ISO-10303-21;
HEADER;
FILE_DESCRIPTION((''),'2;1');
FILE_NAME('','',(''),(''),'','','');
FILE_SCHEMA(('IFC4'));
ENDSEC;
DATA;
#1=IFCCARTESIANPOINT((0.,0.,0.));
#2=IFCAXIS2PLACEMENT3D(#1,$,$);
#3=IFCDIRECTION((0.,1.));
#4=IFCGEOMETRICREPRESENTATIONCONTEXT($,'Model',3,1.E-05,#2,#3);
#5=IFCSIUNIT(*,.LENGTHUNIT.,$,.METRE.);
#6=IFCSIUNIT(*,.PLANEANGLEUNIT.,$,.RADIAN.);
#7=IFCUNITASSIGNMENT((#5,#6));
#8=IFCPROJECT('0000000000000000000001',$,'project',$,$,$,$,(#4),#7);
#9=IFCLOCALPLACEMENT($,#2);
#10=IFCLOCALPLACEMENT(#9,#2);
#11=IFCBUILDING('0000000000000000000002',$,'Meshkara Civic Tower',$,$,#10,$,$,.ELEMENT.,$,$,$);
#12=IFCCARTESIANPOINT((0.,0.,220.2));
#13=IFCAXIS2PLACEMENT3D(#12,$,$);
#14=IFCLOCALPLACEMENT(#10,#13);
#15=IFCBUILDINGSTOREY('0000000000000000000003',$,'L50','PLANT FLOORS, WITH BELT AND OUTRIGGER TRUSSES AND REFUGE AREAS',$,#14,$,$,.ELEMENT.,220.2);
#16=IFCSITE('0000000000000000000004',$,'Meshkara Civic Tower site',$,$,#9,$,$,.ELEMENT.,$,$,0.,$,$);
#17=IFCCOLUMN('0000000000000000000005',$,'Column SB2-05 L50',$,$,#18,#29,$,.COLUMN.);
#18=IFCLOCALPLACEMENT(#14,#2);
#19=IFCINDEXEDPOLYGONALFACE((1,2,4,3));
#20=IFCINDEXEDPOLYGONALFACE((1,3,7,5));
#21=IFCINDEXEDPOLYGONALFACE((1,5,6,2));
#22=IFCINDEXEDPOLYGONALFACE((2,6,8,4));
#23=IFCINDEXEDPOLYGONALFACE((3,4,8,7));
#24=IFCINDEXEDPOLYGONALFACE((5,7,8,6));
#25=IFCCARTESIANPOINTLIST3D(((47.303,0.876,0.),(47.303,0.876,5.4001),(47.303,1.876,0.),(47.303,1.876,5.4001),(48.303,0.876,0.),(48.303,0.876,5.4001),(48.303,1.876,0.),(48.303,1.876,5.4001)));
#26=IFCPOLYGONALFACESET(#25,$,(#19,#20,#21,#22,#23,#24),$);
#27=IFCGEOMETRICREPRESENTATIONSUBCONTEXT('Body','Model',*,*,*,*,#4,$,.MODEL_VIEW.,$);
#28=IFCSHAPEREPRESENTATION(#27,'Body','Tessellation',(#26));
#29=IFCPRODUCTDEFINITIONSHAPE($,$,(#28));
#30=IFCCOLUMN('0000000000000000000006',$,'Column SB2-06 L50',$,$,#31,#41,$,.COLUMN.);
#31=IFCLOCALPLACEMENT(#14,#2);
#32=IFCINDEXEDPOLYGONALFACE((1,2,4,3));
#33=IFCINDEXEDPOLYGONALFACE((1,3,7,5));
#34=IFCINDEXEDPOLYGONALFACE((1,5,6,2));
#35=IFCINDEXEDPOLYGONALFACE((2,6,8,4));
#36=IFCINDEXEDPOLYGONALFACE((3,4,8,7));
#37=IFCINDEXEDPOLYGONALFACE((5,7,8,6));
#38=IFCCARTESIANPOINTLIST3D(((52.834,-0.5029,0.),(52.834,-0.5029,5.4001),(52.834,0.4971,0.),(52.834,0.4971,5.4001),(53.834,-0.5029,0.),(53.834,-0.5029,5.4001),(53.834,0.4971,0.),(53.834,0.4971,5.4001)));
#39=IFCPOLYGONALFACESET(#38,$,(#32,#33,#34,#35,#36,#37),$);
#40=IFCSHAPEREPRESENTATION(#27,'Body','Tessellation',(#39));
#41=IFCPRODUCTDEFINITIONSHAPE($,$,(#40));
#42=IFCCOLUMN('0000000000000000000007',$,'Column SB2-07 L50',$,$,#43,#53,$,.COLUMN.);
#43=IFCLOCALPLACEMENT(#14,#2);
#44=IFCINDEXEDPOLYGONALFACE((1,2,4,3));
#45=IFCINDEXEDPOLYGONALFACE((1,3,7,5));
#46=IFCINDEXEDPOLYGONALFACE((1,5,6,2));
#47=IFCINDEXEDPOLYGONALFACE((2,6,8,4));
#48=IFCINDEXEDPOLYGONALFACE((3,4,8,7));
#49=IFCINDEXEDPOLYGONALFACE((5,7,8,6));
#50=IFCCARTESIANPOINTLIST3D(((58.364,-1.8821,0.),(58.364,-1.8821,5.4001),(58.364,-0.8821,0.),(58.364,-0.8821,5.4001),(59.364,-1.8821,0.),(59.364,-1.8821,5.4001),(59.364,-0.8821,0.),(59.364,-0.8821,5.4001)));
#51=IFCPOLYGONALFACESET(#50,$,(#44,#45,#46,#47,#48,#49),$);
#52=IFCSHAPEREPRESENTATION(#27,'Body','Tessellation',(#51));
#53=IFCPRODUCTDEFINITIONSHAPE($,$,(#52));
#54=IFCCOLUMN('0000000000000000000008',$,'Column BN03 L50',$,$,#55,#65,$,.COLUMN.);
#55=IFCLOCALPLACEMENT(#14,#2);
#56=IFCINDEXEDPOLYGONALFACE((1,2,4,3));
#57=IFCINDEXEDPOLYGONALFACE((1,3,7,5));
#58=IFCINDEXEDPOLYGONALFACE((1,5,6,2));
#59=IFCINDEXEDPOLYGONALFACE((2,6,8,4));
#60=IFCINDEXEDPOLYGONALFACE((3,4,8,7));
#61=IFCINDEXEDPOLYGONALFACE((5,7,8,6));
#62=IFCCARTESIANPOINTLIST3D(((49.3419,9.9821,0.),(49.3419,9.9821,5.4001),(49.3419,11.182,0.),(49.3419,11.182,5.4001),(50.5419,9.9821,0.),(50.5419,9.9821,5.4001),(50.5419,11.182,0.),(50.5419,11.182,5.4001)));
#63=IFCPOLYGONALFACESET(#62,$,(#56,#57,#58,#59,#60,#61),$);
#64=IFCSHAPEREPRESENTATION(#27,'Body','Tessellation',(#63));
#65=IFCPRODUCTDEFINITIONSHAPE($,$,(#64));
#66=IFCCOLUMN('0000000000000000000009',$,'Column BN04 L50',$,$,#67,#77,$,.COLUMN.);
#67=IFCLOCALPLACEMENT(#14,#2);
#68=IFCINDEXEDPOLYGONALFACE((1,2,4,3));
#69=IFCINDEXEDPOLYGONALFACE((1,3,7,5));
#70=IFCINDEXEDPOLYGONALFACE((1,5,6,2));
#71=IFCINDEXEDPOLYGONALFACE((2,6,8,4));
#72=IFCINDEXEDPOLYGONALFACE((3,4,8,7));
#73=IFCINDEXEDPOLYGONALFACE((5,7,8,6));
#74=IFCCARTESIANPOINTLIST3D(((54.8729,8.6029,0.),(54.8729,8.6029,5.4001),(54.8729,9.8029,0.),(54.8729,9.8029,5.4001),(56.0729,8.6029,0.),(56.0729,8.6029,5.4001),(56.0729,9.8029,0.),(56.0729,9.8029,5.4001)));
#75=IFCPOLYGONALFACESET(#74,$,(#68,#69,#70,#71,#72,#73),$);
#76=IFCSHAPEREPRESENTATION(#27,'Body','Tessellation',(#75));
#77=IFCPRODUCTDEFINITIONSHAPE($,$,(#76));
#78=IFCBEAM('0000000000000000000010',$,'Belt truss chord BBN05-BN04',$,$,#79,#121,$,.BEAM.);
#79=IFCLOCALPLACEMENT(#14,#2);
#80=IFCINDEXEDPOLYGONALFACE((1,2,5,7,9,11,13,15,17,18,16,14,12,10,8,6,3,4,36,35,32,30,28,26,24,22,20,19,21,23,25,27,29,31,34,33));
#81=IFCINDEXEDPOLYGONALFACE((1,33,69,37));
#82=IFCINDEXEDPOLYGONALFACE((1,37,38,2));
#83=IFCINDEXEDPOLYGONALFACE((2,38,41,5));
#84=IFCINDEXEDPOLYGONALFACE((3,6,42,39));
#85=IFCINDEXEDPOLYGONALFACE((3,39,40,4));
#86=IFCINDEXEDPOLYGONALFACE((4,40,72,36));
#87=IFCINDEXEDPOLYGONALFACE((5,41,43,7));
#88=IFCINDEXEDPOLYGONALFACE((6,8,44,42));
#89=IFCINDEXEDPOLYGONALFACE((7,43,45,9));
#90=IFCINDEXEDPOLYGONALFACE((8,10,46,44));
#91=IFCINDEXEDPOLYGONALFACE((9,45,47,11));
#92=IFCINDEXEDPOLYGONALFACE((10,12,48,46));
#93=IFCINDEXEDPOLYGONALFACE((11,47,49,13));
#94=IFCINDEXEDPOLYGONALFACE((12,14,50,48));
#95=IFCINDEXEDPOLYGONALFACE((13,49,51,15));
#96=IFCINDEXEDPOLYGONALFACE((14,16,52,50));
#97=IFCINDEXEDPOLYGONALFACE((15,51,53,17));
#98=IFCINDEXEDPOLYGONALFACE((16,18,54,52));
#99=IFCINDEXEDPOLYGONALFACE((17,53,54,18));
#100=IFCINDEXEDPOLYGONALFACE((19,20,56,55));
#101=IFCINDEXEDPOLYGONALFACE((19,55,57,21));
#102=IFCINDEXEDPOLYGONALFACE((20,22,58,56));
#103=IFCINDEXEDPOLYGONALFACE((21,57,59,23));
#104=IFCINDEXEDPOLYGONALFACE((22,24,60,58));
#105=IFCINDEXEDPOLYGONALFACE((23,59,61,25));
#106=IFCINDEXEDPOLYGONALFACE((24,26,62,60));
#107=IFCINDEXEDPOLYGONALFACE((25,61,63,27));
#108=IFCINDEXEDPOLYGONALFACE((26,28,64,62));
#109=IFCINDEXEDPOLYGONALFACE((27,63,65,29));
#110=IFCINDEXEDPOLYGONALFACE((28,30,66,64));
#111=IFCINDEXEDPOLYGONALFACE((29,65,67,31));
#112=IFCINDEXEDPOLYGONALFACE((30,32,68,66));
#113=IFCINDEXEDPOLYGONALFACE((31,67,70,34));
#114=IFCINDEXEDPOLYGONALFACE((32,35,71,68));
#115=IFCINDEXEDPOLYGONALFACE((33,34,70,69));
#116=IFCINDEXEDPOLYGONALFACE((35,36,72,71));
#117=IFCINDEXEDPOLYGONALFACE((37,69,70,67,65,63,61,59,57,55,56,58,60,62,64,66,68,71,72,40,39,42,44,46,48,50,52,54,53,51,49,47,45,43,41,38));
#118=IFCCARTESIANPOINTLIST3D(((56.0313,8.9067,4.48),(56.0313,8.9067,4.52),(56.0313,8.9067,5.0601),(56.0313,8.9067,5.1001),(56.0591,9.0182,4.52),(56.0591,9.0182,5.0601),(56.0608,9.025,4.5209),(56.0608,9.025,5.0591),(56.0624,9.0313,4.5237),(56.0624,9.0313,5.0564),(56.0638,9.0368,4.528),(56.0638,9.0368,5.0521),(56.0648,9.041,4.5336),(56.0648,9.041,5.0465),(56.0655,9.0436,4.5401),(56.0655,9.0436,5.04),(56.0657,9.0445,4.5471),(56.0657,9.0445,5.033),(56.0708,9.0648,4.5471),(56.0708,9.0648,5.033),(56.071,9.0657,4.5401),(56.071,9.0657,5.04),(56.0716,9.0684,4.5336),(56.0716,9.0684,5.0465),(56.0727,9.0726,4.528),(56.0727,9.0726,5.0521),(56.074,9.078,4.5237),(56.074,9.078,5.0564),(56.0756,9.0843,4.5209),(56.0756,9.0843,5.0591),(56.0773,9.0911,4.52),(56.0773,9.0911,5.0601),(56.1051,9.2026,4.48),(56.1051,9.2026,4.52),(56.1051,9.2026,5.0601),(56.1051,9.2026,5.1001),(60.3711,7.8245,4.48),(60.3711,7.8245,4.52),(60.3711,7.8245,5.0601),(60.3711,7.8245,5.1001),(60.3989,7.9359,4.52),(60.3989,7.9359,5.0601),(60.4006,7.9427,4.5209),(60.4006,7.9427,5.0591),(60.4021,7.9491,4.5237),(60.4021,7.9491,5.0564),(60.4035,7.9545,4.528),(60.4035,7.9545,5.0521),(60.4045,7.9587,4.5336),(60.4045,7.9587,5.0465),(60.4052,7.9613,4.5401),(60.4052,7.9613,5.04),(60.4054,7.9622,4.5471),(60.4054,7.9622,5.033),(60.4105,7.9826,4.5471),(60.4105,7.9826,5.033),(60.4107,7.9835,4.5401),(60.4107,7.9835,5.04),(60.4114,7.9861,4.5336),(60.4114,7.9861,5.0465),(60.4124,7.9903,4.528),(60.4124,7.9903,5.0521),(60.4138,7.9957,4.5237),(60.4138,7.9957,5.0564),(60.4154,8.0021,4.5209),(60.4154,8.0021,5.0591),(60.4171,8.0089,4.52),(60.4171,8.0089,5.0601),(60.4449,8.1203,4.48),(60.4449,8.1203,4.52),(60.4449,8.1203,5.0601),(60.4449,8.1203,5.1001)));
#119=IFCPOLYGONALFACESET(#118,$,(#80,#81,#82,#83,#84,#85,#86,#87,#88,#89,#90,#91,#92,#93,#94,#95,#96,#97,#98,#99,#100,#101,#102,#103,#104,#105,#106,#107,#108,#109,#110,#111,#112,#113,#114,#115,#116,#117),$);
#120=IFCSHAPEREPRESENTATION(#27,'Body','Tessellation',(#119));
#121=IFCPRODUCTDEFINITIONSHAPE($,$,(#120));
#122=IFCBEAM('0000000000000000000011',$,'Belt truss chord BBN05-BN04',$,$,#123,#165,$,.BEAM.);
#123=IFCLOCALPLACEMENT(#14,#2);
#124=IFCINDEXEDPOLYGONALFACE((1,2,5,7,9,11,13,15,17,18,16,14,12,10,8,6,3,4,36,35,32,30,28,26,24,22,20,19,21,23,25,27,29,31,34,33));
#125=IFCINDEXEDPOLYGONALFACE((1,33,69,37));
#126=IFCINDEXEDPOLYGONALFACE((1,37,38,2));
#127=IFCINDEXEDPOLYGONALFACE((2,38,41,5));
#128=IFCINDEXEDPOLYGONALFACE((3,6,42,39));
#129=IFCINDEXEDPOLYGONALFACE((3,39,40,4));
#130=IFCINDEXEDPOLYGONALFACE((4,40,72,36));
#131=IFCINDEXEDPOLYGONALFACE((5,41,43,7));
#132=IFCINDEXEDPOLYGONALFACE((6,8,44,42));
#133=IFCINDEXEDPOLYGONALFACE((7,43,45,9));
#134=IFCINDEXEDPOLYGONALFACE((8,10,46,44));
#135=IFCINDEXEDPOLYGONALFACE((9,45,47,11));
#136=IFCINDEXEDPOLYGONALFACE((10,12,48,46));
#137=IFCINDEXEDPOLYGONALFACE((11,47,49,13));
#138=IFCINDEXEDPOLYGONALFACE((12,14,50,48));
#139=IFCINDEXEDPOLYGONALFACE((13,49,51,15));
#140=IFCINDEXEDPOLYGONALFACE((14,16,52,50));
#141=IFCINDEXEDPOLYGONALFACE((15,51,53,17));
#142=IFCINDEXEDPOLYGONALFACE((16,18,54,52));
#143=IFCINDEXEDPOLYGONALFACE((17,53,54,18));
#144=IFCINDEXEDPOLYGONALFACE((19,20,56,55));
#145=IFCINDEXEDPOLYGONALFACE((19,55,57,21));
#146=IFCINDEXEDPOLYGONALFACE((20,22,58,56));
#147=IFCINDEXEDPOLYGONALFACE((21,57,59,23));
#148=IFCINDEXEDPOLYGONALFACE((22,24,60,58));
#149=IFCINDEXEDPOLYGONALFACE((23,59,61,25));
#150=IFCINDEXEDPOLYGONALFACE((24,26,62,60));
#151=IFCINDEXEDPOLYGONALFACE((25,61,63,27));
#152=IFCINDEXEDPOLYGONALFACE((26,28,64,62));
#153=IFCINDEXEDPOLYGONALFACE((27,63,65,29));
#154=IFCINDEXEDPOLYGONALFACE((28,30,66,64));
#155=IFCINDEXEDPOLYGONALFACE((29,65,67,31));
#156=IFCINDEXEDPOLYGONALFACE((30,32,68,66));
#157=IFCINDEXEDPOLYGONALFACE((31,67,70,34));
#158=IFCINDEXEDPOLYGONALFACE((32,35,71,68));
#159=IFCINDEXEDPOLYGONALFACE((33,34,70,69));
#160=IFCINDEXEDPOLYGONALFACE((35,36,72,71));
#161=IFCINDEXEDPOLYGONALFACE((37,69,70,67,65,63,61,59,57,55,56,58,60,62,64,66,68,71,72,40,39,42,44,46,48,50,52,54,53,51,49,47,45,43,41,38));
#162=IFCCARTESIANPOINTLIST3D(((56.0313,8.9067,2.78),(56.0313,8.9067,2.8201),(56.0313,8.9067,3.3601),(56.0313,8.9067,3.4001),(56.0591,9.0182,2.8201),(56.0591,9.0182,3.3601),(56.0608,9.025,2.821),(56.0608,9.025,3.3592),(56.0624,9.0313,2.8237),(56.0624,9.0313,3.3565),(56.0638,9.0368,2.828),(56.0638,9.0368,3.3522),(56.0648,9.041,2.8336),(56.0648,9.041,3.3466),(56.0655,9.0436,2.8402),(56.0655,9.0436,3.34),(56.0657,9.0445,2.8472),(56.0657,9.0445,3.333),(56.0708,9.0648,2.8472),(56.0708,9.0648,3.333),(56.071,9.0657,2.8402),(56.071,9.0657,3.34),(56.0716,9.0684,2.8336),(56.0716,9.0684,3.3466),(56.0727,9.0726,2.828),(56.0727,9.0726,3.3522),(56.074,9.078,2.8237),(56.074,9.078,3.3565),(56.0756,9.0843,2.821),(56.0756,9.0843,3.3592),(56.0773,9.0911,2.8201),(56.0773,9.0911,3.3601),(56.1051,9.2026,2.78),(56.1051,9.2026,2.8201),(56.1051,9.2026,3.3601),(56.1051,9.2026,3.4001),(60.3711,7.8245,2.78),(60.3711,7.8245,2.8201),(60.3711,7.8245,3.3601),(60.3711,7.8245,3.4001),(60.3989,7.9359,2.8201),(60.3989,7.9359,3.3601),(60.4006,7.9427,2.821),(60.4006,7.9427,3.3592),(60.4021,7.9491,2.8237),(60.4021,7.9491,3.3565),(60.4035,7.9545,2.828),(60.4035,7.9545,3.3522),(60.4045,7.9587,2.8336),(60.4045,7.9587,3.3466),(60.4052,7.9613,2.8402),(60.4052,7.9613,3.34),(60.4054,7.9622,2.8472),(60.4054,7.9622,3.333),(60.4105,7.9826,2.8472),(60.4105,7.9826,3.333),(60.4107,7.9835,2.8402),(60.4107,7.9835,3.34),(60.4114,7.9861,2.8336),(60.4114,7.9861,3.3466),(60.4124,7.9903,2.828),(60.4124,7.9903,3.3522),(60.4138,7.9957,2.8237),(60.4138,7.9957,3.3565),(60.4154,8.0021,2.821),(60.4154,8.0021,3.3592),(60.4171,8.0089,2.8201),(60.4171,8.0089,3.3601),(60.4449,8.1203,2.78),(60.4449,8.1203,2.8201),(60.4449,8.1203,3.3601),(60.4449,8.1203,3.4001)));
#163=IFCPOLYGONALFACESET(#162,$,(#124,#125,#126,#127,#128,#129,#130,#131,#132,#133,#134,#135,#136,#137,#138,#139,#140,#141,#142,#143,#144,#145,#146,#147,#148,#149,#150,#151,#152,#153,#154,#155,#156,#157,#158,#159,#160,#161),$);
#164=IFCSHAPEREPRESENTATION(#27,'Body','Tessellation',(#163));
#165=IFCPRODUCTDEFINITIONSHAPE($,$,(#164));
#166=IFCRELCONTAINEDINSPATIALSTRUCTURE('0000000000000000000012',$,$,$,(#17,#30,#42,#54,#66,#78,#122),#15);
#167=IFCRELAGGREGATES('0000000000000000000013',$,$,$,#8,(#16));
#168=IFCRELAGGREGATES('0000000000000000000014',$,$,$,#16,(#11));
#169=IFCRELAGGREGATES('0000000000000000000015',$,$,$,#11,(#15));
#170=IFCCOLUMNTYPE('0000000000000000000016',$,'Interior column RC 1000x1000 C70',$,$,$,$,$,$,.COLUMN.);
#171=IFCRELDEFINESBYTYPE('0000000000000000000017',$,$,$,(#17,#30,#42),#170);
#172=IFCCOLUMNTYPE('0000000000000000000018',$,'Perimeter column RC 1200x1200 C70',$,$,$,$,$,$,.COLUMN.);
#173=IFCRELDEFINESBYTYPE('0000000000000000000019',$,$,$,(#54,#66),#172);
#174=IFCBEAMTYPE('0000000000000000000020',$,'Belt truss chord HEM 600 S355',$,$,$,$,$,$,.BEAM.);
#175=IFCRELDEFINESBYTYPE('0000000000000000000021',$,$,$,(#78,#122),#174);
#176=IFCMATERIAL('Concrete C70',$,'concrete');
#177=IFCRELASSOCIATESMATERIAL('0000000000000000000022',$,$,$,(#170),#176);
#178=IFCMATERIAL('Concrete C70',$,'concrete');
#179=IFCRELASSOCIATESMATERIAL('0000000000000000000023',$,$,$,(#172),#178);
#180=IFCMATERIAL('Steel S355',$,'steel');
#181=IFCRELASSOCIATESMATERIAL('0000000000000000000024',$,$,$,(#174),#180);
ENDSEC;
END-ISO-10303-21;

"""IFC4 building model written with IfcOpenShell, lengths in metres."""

from ifc_helpers import new_model, si_unit, direction, frame, origin, origin_2d, place, context, subcontext, project, spatial, rectangle, i_section, extrude, material, material_profile, profile_set, type_object, element, save


model = new_model("IFC4")

# Units and contexts
model_context = context("Model", 3, precision=1e-05, world=origin(), true_north=direction((0.0, 1.0)))
body_context = subcontext(model_context, "Body", "Model", "MODEL_VIEW")
ifc_project = project(units=[si_unit("LENGTHUNIT", "METRE"), si_unit("PLANEANGLEUNIT", "RADIAN")], contexts=[model_context])

# Site, building, storey
site_placement = place(None, origin())
site = spatial("IfcSite", under=ifc_project, at=site_placement, Name="Meshkara Civic Tower site", CompositionType="ELEMENT", RefElevation=0.0)
building_placement = place(site_placement, origin())
building = spatial("IfcBuilding", under=site, at=building_placement, Name="Meshkara Civic Tower", CompositionType="ELEMENT")
storey_placement = place(building_placement, frame((0.0, 0.0, 220.2)))
storey = spatial("IfcBuildingStorey", under=building, at=storey_placement, Name="L50", Description="PLANT FLOORS, WITH BELT AND OUTRIGGER TRUSSES AND REFUGE AREAS", CompositionType="ELEMENT", Elevation=220.2)

# Columns
ifc_material_1 = material(Name="Concrete C70", Category="concrete")
ifc_material_profile_1 = material_profile(ifc_material_1, rectangle(XDim=1.0, YDim=1.0, at=origin_2d()))
ifc_profile_set_1 = profile_set([ifc_material_profile_1], Name="Concrete C70")
column_type_1 = type_object("IfcColumnType", Name="Interior column RC 1000x1000 C70", PredefinedType="COLUMN", material=ifc_profile_set_1)
for number, where, z_axis, x_axis, name in (
    (1, (47.803, 1.376, 0.0), (0.0, 0.0, 1.0), (1.0, 0.0, 0.0), "Column SB2-05 L50"),
    (2, (53.334, -0.0029, 0.0), (0.0, 0.0, 1.0), (1.0, 0.0, 0.0), "Column SB2-06 L50"),
    (3, (58.864, -1.3821, 0.0), (0.0, 0.0, 1.0), (1.0, 0.0, 0.0), "Column SB2-07 L50"),
):
    element("IfcColumn", number, at=place(storey_placement, frame(where, z_axis=z_axis, x_axis=x_axis)), inside=storey, type_object=column_type_1, Name=name, PredefinedType="COLUMN", context=body_context, shape_type="SweptSolid", body=[
        extrude(rectangle(XDim=1.0, YDim=1.0, at=origin_2d()), origin(), (0.0, 0.0, 1.0), 5.4001),
    ])
ifc_material_2 = material(Name="Concrete C70", Category="concrete")
ifc_material_profile_2 = material_profile(ifc_material_2, rectangle(XDim=1.2, YDim=1.2, at=origin_2d()))
ifc_profile_set_2 = profile_set([ifc_material_profile_2], Name="Concrete C70")
column_type_2 = type_object("IfcColumnType", Name="Perimeter column RC 1200x1200 C70", PredefinedType="COLUMN", material=ifc_profile_set_2)
for number, where, z_axis, x_axis, name in (
    (4, (49.9419, 10.582, 0.0), (0.0, 0.0, 1.0), (1.0, 0.0, 0.0), "Column BN03 L50"),
    (5, (55.4729, 9.2029, 0.0), (0.0, 0.0, 1.0), (1.0, 0.0, 0.0), "Column BN04 L50"),
):
    element("IfcColumn", number, at=place(storey_placement, frame(where, z_axis=z_axis, x_axis=x_axis)), inside=storey, type_object=column_type_2, Name=name, PredefinedType="COLUMN", context=body_context, shape_type="SweptSolid", body=[
        extrude(rectangle(XDim=1.2, YDim=1.2, at=origin_2d()), origin(), (0.0, 0.0, 1.0), 5.4001),
    ])

# Beams
ifc_material_3 = material(Name="Steel S355", Category="steel")
ifc_material_profile_3 = material_profile(ifc_material_3, i_section(OverallWidth=0.3049, OverallDepth=0.6201, WebThickness=0.021, FlangeThickness=0.04, FilletRadius=0.0271, at=origin_2d()))
ifc_profile_set_3 = profile_set([ifc_material_profile_3], Name="Steel S355")
beam_type_1 = type_object("IfcBeamType", Name="Belt truss chord HEM 600 S355", PredefinedType="BEAM", material=ifc_profile_set_3)
for number, where, z_axis, x_axis, name in (
    (6, (60.408, 7.9724, 4.79), (-0.970284, 0.24197, 0.0), (-0.24197, -0.970284, 0.0), "Belt truss chord BBN05-BN04"),
    (7, (60.408, 7.9724, 3.0901), (-0.970284, 0.24197, 0.0), (-0.24197, -0.970284, 0.0), "Belt truss chord BBN05-BN04"),
):
    element("IfcBeam", number, at=place(storey_placement, frame(where, z_axis=z_axis, x_axis=x_axis)), inside=storey, type_object=beam_type_1, Name=name, PredefinedType="BEAM", context=body_context, shape_type="SweptSolid", body=[
        extrude(i_section(OverallWidth=0.3049, OverallDepth=0.6201, WebThickness=0.021, FlangeThickness=0.04, FilletRadius=0.0271, at=origin_2d()), origin(), (0.0, 0.0, 1.0), 4.4727),
    ])

save(model, "model.ifc")
